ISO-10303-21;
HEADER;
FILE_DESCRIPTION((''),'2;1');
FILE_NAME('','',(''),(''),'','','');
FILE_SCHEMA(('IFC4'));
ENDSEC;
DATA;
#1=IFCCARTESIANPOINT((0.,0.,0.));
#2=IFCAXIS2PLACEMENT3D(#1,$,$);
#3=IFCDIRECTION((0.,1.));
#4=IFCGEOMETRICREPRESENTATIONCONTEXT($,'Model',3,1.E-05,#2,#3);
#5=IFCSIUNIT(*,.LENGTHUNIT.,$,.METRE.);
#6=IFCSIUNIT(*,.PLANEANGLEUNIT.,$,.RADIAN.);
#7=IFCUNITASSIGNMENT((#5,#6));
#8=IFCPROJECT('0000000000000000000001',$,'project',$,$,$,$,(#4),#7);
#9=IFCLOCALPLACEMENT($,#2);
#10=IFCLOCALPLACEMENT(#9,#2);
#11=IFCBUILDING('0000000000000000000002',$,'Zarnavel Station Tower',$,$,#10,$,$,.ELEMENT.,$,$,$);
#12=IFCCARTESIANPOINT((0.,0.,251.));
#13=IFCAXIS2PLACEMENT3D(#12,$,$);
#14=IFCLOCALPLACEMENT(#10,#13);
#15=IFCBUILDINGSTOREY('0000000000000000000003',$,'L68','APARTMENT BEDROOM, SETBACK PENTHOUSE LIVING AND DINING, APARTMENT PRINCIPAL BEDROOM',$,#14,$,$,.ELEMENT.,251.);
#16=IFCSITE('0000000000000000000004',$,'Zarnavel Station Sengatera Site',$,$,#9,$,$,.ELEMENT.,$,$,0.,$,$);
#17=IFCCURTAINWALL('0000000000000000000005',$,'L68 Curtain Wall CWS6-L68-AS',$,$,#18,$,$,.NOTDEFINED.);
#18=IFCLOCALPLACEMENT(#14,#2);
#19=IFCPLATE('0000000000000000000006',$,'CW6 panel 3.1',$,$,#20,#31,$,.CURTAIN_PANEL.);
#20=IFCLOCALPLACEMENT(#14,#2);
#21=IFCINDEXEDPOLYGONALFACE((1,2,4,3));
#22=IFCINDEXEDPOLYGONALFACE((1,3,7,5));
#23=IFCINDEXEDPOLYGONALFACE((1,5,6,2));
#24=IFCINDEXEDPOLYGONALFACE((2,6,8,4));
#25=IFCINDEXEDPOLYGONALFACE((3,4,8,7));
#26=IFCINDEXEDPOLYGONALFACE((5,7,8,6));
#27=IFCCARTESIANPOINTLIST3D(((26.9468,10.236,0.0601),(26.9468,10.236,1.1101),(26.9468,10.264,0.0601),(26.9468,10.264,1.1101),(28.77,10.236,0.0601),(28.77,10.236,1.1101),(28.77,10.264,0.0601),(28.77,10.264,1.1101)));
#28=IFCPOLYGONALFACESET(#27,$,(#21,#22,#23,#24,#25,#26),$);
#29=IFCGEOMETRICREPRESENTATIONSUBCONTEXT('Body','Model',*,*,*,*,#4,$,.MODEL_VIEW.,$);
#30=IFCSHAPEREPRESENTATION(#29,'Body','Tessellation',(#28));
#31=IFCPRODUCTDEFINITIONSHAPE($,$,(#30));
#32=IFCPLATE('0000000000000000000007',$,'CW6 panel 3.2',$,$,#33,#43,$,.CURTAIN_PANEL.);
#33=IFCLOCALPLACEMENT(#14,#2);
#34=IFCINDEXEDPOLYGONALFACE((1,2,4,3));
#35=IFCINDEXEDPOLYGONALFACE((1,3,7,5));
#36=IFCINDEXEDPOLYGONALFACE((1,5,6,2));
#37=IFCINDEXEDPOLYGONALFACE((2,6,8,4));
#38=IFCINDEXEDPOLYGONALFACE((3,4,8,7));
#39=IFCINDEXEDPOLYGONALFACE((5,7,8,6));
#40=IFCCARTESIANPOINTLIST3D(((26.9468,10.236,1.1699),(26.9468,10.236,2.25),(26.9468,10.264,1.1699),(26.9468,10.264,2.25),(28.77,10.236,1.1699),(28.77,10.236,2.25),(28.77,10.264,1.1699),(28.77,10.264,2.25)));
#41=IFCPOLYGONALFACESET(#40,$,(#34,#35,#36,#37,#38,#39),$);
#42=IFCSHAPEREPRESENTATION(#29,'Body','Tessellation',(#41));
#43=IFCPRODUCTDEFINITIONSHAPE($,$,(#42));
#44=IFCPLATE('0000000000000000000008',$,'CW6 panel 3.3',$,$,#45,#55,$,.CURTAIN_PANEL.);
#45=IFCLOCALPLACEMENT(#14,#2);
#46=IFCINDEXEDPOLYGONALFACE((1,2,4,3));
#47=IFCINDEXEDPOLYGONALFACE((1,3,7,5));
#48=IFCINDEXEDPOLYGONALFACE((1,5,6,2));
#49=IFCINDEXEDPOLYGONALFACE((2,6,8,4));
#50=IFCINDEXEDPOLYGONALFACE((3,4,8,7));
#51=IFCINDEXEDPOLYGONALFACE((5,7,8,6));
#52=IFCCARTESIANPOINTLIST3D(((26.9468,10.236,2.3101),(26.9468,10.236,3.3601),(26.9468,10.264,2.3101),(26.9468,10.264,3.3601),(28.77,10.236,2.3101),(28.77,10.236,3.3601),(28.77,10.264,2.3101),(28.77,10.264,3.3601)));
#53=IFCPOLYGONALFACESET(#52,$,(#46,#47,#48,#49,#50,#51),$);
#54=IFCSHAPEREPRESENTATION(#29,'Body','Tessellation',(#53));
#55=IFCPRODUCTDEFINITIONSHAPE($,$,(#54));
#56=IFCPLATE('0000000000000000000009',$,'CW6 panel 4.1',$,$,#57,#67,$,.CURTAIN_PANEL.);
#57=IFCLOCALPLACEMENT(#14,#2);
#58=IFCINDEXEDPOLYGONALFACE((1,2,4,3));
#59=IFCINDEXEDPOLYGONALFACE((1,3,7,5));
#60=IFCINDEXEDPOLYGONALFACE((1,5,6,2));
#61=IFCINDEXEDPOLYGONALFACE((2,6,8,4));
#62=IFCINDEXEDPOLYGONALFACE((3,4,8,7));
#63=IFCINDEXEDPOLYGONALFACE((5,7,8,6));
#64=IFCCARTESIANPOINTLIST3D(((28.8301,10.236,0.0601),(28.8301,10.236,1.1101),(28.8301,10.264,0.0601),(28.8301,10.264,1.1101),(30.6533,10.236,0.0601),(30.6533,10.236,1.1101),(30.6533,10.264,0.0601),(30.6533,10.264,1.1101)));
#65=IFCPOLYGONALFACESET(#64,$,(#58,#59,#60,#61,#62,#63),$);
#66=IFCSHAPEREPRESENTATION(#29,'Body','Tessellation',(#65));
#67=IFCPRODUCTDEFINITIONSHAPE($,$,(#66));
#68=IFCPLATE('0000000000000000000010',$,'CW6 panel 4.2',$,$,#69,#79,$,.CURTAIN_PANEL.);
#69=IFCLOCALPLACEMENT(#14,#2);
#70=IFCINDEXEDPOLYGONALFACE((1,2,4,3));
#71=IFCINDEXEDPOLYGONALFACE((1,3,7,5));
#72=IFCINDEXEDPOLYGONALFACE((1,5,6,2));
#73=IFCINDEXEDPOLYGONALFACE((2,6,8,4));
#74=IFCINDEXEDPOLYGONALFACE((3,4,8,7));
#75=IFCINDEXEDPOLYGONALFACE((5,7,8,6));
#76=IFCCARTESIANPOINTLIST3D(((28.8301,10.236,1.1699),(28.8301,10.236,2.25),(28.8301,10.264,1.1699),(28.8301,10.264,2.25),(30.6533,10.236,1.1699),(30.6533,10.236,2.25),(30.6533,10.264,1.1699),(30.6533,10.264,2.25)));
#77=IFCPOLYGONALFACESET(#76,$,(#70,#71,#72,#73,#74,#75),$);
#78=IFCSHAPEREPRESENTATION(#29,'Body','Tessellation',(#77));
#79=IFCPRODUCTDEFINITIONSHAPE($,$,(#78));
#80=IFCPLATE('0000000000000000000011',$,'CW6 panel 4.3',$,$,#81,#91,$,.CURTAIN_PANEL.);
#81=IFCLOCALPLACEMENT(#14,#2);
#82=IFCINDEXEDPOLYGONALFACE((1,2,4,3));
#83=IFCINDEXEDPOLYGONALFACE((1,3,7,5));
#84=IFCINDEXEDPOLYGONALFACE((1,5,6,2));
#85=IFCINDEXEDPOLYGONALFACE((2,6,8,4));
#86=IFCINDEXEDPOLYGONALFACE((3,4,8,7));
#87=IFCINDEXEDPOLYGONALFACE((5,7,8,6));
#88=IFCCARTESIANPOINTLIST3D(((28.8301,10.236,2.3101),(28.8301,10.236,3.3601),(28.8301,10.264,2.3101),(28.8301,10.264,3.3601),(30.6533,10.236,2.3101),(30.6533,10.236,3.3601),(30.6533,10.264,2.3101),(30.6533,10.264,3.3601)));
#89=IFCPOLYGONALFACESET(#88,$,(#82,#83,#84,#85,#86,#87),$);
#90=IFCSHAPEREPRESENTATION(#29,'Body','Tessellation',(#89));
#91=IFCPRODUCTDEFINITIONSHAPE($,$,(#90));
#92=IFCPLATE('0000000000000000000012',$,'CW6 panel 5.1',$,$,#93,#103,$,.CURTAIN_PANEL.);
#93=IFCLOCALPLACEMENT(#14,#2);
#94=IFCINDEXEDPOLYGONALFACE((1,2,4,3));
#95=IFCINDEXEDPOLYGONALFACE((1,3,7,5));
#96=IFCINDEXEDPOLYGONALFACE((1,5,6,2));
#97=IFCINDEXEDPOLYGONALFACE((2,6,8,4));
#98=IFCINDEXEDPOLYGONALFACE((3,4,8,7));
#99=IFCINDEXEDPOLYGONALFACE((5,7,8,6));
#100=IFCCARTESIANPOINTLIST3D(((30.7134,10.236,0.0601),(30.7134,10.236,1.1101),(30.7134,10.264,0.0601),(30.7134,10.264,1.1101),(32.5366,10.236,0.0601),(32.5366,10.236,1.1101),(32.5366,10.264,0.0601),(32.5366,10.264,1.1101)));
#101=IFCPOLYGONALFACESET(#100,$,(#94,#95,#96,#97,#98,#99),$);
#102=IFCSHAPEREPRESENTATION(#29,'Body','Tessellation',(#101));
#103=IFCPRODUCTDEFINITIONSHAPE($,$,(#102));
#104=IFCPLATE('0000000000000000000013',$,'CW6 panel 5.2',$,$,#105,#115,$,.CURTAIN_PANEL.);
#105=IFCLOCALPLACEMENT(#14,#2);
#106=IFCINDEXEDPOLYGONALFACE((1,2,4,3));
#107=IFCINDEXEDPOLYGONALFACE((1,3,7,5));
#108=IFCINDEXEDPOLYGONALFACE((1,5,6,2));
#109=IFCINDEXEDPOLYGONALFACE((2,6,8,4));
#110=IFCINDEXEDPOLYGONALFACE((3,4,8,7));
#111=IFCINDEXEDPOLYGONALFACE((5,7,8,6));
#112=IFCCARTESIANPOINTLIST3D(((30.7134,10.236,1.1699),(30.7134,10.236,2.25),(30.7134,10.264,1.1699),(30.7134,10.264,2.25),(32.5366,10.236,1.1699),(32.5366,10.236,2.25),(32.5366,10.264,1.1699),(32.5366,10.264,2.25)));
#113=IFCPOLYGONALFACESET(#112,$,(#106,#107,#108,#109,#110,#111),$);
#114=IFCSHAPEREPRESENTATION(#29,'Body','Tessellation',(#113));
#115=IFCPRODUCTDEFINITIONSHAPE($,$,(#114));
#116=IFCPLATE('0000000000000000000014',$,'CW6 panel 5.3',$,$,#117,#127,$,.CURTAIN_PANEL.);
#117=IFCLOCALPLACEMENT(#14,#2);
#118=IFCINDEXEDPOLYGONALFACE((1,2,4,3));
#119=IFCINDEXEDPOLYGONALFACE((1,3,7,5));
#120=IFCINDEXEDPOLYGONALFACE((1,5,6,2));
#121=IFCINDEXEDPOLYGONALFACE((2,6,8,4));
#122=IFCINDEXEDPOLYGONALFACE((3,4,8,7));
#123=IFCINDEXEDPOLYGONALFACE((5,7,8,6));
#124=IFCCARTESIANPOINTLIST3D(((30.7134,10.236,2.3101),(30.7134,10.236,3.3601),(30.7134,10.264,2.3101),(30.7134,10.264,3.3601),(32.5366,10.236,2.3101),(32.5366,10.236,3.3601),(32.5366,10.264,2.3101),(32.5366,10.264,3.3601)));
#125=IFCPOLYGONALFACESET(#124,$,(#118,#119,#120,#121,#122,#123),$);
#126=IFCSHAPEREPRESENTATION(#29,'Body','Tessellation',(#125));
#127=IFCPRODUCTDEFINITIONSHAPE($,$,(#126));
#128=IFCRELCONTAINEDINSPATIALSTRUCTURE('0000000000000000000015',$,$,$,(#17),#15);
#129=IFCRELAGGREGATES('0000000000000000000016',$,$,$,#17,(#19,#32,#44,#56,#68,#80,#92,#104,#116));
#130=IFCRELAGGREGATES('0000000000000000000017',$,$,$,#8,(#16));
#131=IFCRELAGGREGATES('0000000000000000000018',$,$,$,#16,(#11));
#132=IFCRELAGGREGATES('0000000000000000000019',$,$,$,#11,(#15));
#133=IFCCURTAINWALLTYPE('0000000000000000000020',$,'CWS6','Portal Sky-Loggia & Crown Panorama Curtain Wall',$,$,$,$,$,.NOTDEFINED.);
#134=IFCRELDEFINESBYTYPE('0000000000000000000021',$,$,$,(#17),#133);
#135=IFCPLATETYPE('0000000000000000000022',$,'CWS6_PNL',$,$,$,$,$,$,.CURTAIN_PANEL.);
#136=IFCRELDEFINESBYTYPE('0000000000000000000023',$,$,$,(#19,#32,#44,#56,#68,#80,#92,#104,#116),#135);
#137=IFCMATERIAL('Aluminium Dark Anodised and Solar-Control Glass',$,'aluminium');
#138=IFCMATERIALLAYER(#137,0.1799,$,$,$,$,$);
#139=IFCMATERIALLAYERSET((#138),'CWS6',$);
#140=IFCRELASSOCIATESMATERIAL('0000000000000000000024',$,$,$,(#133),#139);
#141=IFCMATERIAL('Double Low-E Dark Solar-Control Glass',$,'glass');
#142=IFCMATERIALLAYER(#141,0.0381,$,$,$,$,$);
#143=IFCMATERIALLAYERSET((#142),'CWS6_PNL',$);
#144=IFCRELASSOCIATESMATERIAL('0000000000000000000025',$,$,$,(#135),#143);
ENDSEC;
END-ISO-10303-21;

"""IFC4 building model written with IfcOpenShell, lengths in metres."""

from ifc_helpers import new_model, si_unit, direction, frame, origin, origin_2d, place, context, subcontext, project, spatial, rectangle, extrude, material, layer, layer_set, type_object, element, aggregate, save


model = new_model("IFC4")

# Units and contexts
model_context = context("Model", 3, precision=1e-05, world=origin(), true_north=direction((0.0, 1.0)))
body_context = subcontext(model_context, "Body", "Model", "MODEL_VIEW")
ifc_project = project(units=[si_unit("LENGTHUNIT", "METRE"), si_unit("PLANEANGLEUNIT", "RADIAN")], contexts=[model_context])

# Site, building, storey
site_placement = place(None, origin())
site = spatial("IfcSite", under=ifc_project, at=site_placement, Name="Zarnavel Station Sengatera Site", CompositionType="ELEMENT", RefElevation=0.0)
building_placement = place(site_placement, origin())
building = spatial("IfcBuilding", under=site, at=building_placement, Name="Zarnavel Station Tower", CompositionType="ELEMENT")
storey_placement = place(building_placement, frame((0.0, 0.0, 251.0)))
storey = spatial("IfcBuildingStorey", under=building, at=storey_placement, Name="L68", Description="APARTMENT BEDROOM, SETBACK PENTHOUSE LIVING AND DINING, APARTMENT PRINCIPAL BEDROOM", CompositionType="ELEMENT", Elevation=251.0)

# Curtain wall, plates
ifc_material_1 = material(Name="Aluminium Dark Anodised and Solar-Control Glass", Category="aluminium")
ifc_layer_1 = layer(ifc_material_1, 0.1799)
ifc_layer_set_1 = layer_set([ifc_layer_1], Name="CWS6")
curtain_wall_type = type_object("IfcCurtainWallType", Name="CWS6", Description="Portal Sky-Loggia & Crown Panorama Curtain Wall", PredefinedType="NOTDEFINED", material=ifc_layer_set_1)
curtain_wall_placement = place(storey_placement, origin())
curtain_wall = element("IfcCurtainWall", 1, at=curtain_wall_placement, inside=storey, type_object=curtain_wall_type, Name="L68 Curtain Wall CWS6-L68-AS", PredefinedType="NOTDEFINED")
ifc_material_2 = material(Name="Double Low-E Dark Solar-Control Glass", Category="glass")
ifc_layer_2 = layer(ifc_material_2, 0.0381)
ifc_layer_set_2 = layer_set([ifc_layer_2], Name="CWS6_PNL")
plate_type = type_object("IfcPlateType", Name="CWS6_PNL", PredefinedType="CURTAIN_PANEL", material=ifc_layer_set_2)
plate_1_placement = place(storey_placement, frame((27.8584, 10.25, 0.0601), z_axis=(0.0, 0.0, 1.0), x_axis=(1.0, 0.0, 0.0)))
plate_1 = element("IfcPlate", 2, at=plate_1_placement, type_object=plate_type, Name="CW6 panel 3.1", PredefinedType="CURTAIN_PANEL", context=body_context, shape_type="SweptSolid", body=[
    extrude(rectangle(XDim=1.8232, YDim=0.0281, at=origin_2d()), origin(), (0.0, 0.0, 1.0), 1.05),
])
plate_2_placement = place(storey_placement, frame((27.8584, 10.25, 1.1699), z_axis=(0.0, 0.0, 1.0), x_axis=(1.0, 0.0, 0.0)))
plate_2 = element("IfcPlate", 3, at=plate_2_placement, type_object=plate_type, Name="CW6 panel 3.2", PredefinedType="CURTAIN_PANEL", context=body_context, shape_type="SweptSolid", body=[
    extrude(rectangle(XDim=1.8232, YDim=0.0281, at=origin_2d()), origin(), (0.0, 0.0, 1.0), 1.0801),
])
plate_3_placement = place(storey_placement, frame((27.8584, 10.25, 2.3101), z_axis=(0.0, 0.0, 1.0), x_axis=(1.0, 0.0, 0.0)))
plate_3 = element("IfcPlate", 4, at=plate_3_placement, type_object=plate_type, Name="CW6 panel 3.3", PredefinedType="CURTAIN_PANEL", context=body_context, shape_type="SweptSolid", body=[
    extrude(rectangle(XDim=1.8232, YDim=0.0281, at=origin_2d()), origin(), (0.0, 0.0, 1.0), 1.05),
])
plate_4_placement = place(storey_placement, frame((29.7417, 10.25, 0.0601), z_axis=(0.0, 0.0, 1.0), x_axis=(1.0, 0.0, 0.0)))
plate_4 = element("IfcPlate", 5, at=plate_4_placement, type_object=plate_type, Name="CW6 panel 4.1", PredefinedType="CURTAIN_PANEL", context=body_context, shape_type="SweptSolid", body=[
    extrude(rectangle(XDim=1.8232, YDim=0.0281, at=origin_2d()), origin(), (0.0, 0.0, 1.0), 1.05),
])
plate_5_placement = place(storey_placement, frame((29.7417, 10.25, 1.1699), z_axis=(0.0, 0.0, 1.0), x_axis=(1.0, 0.0, 0.0)))
plate_5 = element("IfcPlate", 6, at=plate_5_placement, type_object=plate_type, Name="CW6 panel 4.2", PredefinedType="CURTAIN_PANEL", context=body_context, shape_type="SweptSolid", body=[
    extrude(rectangle(XDim=1.8232, YDim=0.0281, at=origin_2d()), origin(), (0.0, 0.0, 1.0), 1.0801),
])
plate_6_placement = place(storey_placement, frame((29.7417, 10.25, 2.3101), z_axis=(0.0, 0.0, 1.0), x_axis=(1.0, 0.0, 0.0)))
plate_6 = element("IfcPlate", 7, at=plate_6_placement, type_object=plate_type, Name="CW6 panel 4.3", PredefinedType="CURTAIN_PANEL", context=body_context, shape_type="SweptSolid", body=[
    extrude(rectangle(XDim=1.8232, YDim=0.0281, at=origin_2d()), origin(), (0.0, 0.0, 1.0), 1.05),
])
plate_7_placement = place(storey_placement, frame((31.625, 10.25, 0.0601), z_axis=(0.0, 0.0, 1.0), x_axis=(1.0, 0.0, 0.0)))
plate_7 = element("IfcPlate", 8, at=plate_7_placement, type_object=plate_type, Name="CW6 panel 5.1", PredefinedType="CURTAIN_PANEL", context=body_context, shape_type="SweptSolid", body=[
    extrude(rectangle(XDim=1.8232, YDim=0.0281, at=origin_2d()), origin(), (0.0, 0.0, 1.0), 1.05),
])
plate_8_placement = place(storey_placement, frame((31.625, 10.25, 1.1699), z_axis=(0.0, 0.0, 1.0), x_axis=(1.0, 0.0, 0.0)))
plate_8 = element("IfcPlate", 9, at=plate_8_placement, type_object=plate_type, Name="CW6 panel 5.2", PredefinedType="CURTAIN_PANEL", context=body_context, shape_type="SweptSolid", body=[
    extrude(rectangle(XDim=1.8232, YDim=0.0281, at=origin_2d()), origin(), (0.0, 0.0, 1.0), 1.0801),
])
plate_9_placement = place(storey_placement, frame((31.625, 10.25, 2.3101), z_axis=(0.0, 0.0, 1.0), x_axis=(1.0, 0.0, 0.0)))
plate_9 = element("IfcPlate", 10, at=plate_9_placement, type_object=plate_type, Name="CW6 panel 5.3", PredefinedType="CURTAIN_PANEL", context=body_context, shape_type="SweptSolid", body=[
    extrude(rectangle(XDim=1.8232, YDim=0.0281, at=origin_2d()), origin(), (0.0, 0.0, 1.0), 1.05),
])
aggregate(curtain_wall, [plate_1, plate_2, plate_3, plate_4, plate_5, plate_6, plate_7, plate_8, plate_9])

save(model, "model.ifc")
